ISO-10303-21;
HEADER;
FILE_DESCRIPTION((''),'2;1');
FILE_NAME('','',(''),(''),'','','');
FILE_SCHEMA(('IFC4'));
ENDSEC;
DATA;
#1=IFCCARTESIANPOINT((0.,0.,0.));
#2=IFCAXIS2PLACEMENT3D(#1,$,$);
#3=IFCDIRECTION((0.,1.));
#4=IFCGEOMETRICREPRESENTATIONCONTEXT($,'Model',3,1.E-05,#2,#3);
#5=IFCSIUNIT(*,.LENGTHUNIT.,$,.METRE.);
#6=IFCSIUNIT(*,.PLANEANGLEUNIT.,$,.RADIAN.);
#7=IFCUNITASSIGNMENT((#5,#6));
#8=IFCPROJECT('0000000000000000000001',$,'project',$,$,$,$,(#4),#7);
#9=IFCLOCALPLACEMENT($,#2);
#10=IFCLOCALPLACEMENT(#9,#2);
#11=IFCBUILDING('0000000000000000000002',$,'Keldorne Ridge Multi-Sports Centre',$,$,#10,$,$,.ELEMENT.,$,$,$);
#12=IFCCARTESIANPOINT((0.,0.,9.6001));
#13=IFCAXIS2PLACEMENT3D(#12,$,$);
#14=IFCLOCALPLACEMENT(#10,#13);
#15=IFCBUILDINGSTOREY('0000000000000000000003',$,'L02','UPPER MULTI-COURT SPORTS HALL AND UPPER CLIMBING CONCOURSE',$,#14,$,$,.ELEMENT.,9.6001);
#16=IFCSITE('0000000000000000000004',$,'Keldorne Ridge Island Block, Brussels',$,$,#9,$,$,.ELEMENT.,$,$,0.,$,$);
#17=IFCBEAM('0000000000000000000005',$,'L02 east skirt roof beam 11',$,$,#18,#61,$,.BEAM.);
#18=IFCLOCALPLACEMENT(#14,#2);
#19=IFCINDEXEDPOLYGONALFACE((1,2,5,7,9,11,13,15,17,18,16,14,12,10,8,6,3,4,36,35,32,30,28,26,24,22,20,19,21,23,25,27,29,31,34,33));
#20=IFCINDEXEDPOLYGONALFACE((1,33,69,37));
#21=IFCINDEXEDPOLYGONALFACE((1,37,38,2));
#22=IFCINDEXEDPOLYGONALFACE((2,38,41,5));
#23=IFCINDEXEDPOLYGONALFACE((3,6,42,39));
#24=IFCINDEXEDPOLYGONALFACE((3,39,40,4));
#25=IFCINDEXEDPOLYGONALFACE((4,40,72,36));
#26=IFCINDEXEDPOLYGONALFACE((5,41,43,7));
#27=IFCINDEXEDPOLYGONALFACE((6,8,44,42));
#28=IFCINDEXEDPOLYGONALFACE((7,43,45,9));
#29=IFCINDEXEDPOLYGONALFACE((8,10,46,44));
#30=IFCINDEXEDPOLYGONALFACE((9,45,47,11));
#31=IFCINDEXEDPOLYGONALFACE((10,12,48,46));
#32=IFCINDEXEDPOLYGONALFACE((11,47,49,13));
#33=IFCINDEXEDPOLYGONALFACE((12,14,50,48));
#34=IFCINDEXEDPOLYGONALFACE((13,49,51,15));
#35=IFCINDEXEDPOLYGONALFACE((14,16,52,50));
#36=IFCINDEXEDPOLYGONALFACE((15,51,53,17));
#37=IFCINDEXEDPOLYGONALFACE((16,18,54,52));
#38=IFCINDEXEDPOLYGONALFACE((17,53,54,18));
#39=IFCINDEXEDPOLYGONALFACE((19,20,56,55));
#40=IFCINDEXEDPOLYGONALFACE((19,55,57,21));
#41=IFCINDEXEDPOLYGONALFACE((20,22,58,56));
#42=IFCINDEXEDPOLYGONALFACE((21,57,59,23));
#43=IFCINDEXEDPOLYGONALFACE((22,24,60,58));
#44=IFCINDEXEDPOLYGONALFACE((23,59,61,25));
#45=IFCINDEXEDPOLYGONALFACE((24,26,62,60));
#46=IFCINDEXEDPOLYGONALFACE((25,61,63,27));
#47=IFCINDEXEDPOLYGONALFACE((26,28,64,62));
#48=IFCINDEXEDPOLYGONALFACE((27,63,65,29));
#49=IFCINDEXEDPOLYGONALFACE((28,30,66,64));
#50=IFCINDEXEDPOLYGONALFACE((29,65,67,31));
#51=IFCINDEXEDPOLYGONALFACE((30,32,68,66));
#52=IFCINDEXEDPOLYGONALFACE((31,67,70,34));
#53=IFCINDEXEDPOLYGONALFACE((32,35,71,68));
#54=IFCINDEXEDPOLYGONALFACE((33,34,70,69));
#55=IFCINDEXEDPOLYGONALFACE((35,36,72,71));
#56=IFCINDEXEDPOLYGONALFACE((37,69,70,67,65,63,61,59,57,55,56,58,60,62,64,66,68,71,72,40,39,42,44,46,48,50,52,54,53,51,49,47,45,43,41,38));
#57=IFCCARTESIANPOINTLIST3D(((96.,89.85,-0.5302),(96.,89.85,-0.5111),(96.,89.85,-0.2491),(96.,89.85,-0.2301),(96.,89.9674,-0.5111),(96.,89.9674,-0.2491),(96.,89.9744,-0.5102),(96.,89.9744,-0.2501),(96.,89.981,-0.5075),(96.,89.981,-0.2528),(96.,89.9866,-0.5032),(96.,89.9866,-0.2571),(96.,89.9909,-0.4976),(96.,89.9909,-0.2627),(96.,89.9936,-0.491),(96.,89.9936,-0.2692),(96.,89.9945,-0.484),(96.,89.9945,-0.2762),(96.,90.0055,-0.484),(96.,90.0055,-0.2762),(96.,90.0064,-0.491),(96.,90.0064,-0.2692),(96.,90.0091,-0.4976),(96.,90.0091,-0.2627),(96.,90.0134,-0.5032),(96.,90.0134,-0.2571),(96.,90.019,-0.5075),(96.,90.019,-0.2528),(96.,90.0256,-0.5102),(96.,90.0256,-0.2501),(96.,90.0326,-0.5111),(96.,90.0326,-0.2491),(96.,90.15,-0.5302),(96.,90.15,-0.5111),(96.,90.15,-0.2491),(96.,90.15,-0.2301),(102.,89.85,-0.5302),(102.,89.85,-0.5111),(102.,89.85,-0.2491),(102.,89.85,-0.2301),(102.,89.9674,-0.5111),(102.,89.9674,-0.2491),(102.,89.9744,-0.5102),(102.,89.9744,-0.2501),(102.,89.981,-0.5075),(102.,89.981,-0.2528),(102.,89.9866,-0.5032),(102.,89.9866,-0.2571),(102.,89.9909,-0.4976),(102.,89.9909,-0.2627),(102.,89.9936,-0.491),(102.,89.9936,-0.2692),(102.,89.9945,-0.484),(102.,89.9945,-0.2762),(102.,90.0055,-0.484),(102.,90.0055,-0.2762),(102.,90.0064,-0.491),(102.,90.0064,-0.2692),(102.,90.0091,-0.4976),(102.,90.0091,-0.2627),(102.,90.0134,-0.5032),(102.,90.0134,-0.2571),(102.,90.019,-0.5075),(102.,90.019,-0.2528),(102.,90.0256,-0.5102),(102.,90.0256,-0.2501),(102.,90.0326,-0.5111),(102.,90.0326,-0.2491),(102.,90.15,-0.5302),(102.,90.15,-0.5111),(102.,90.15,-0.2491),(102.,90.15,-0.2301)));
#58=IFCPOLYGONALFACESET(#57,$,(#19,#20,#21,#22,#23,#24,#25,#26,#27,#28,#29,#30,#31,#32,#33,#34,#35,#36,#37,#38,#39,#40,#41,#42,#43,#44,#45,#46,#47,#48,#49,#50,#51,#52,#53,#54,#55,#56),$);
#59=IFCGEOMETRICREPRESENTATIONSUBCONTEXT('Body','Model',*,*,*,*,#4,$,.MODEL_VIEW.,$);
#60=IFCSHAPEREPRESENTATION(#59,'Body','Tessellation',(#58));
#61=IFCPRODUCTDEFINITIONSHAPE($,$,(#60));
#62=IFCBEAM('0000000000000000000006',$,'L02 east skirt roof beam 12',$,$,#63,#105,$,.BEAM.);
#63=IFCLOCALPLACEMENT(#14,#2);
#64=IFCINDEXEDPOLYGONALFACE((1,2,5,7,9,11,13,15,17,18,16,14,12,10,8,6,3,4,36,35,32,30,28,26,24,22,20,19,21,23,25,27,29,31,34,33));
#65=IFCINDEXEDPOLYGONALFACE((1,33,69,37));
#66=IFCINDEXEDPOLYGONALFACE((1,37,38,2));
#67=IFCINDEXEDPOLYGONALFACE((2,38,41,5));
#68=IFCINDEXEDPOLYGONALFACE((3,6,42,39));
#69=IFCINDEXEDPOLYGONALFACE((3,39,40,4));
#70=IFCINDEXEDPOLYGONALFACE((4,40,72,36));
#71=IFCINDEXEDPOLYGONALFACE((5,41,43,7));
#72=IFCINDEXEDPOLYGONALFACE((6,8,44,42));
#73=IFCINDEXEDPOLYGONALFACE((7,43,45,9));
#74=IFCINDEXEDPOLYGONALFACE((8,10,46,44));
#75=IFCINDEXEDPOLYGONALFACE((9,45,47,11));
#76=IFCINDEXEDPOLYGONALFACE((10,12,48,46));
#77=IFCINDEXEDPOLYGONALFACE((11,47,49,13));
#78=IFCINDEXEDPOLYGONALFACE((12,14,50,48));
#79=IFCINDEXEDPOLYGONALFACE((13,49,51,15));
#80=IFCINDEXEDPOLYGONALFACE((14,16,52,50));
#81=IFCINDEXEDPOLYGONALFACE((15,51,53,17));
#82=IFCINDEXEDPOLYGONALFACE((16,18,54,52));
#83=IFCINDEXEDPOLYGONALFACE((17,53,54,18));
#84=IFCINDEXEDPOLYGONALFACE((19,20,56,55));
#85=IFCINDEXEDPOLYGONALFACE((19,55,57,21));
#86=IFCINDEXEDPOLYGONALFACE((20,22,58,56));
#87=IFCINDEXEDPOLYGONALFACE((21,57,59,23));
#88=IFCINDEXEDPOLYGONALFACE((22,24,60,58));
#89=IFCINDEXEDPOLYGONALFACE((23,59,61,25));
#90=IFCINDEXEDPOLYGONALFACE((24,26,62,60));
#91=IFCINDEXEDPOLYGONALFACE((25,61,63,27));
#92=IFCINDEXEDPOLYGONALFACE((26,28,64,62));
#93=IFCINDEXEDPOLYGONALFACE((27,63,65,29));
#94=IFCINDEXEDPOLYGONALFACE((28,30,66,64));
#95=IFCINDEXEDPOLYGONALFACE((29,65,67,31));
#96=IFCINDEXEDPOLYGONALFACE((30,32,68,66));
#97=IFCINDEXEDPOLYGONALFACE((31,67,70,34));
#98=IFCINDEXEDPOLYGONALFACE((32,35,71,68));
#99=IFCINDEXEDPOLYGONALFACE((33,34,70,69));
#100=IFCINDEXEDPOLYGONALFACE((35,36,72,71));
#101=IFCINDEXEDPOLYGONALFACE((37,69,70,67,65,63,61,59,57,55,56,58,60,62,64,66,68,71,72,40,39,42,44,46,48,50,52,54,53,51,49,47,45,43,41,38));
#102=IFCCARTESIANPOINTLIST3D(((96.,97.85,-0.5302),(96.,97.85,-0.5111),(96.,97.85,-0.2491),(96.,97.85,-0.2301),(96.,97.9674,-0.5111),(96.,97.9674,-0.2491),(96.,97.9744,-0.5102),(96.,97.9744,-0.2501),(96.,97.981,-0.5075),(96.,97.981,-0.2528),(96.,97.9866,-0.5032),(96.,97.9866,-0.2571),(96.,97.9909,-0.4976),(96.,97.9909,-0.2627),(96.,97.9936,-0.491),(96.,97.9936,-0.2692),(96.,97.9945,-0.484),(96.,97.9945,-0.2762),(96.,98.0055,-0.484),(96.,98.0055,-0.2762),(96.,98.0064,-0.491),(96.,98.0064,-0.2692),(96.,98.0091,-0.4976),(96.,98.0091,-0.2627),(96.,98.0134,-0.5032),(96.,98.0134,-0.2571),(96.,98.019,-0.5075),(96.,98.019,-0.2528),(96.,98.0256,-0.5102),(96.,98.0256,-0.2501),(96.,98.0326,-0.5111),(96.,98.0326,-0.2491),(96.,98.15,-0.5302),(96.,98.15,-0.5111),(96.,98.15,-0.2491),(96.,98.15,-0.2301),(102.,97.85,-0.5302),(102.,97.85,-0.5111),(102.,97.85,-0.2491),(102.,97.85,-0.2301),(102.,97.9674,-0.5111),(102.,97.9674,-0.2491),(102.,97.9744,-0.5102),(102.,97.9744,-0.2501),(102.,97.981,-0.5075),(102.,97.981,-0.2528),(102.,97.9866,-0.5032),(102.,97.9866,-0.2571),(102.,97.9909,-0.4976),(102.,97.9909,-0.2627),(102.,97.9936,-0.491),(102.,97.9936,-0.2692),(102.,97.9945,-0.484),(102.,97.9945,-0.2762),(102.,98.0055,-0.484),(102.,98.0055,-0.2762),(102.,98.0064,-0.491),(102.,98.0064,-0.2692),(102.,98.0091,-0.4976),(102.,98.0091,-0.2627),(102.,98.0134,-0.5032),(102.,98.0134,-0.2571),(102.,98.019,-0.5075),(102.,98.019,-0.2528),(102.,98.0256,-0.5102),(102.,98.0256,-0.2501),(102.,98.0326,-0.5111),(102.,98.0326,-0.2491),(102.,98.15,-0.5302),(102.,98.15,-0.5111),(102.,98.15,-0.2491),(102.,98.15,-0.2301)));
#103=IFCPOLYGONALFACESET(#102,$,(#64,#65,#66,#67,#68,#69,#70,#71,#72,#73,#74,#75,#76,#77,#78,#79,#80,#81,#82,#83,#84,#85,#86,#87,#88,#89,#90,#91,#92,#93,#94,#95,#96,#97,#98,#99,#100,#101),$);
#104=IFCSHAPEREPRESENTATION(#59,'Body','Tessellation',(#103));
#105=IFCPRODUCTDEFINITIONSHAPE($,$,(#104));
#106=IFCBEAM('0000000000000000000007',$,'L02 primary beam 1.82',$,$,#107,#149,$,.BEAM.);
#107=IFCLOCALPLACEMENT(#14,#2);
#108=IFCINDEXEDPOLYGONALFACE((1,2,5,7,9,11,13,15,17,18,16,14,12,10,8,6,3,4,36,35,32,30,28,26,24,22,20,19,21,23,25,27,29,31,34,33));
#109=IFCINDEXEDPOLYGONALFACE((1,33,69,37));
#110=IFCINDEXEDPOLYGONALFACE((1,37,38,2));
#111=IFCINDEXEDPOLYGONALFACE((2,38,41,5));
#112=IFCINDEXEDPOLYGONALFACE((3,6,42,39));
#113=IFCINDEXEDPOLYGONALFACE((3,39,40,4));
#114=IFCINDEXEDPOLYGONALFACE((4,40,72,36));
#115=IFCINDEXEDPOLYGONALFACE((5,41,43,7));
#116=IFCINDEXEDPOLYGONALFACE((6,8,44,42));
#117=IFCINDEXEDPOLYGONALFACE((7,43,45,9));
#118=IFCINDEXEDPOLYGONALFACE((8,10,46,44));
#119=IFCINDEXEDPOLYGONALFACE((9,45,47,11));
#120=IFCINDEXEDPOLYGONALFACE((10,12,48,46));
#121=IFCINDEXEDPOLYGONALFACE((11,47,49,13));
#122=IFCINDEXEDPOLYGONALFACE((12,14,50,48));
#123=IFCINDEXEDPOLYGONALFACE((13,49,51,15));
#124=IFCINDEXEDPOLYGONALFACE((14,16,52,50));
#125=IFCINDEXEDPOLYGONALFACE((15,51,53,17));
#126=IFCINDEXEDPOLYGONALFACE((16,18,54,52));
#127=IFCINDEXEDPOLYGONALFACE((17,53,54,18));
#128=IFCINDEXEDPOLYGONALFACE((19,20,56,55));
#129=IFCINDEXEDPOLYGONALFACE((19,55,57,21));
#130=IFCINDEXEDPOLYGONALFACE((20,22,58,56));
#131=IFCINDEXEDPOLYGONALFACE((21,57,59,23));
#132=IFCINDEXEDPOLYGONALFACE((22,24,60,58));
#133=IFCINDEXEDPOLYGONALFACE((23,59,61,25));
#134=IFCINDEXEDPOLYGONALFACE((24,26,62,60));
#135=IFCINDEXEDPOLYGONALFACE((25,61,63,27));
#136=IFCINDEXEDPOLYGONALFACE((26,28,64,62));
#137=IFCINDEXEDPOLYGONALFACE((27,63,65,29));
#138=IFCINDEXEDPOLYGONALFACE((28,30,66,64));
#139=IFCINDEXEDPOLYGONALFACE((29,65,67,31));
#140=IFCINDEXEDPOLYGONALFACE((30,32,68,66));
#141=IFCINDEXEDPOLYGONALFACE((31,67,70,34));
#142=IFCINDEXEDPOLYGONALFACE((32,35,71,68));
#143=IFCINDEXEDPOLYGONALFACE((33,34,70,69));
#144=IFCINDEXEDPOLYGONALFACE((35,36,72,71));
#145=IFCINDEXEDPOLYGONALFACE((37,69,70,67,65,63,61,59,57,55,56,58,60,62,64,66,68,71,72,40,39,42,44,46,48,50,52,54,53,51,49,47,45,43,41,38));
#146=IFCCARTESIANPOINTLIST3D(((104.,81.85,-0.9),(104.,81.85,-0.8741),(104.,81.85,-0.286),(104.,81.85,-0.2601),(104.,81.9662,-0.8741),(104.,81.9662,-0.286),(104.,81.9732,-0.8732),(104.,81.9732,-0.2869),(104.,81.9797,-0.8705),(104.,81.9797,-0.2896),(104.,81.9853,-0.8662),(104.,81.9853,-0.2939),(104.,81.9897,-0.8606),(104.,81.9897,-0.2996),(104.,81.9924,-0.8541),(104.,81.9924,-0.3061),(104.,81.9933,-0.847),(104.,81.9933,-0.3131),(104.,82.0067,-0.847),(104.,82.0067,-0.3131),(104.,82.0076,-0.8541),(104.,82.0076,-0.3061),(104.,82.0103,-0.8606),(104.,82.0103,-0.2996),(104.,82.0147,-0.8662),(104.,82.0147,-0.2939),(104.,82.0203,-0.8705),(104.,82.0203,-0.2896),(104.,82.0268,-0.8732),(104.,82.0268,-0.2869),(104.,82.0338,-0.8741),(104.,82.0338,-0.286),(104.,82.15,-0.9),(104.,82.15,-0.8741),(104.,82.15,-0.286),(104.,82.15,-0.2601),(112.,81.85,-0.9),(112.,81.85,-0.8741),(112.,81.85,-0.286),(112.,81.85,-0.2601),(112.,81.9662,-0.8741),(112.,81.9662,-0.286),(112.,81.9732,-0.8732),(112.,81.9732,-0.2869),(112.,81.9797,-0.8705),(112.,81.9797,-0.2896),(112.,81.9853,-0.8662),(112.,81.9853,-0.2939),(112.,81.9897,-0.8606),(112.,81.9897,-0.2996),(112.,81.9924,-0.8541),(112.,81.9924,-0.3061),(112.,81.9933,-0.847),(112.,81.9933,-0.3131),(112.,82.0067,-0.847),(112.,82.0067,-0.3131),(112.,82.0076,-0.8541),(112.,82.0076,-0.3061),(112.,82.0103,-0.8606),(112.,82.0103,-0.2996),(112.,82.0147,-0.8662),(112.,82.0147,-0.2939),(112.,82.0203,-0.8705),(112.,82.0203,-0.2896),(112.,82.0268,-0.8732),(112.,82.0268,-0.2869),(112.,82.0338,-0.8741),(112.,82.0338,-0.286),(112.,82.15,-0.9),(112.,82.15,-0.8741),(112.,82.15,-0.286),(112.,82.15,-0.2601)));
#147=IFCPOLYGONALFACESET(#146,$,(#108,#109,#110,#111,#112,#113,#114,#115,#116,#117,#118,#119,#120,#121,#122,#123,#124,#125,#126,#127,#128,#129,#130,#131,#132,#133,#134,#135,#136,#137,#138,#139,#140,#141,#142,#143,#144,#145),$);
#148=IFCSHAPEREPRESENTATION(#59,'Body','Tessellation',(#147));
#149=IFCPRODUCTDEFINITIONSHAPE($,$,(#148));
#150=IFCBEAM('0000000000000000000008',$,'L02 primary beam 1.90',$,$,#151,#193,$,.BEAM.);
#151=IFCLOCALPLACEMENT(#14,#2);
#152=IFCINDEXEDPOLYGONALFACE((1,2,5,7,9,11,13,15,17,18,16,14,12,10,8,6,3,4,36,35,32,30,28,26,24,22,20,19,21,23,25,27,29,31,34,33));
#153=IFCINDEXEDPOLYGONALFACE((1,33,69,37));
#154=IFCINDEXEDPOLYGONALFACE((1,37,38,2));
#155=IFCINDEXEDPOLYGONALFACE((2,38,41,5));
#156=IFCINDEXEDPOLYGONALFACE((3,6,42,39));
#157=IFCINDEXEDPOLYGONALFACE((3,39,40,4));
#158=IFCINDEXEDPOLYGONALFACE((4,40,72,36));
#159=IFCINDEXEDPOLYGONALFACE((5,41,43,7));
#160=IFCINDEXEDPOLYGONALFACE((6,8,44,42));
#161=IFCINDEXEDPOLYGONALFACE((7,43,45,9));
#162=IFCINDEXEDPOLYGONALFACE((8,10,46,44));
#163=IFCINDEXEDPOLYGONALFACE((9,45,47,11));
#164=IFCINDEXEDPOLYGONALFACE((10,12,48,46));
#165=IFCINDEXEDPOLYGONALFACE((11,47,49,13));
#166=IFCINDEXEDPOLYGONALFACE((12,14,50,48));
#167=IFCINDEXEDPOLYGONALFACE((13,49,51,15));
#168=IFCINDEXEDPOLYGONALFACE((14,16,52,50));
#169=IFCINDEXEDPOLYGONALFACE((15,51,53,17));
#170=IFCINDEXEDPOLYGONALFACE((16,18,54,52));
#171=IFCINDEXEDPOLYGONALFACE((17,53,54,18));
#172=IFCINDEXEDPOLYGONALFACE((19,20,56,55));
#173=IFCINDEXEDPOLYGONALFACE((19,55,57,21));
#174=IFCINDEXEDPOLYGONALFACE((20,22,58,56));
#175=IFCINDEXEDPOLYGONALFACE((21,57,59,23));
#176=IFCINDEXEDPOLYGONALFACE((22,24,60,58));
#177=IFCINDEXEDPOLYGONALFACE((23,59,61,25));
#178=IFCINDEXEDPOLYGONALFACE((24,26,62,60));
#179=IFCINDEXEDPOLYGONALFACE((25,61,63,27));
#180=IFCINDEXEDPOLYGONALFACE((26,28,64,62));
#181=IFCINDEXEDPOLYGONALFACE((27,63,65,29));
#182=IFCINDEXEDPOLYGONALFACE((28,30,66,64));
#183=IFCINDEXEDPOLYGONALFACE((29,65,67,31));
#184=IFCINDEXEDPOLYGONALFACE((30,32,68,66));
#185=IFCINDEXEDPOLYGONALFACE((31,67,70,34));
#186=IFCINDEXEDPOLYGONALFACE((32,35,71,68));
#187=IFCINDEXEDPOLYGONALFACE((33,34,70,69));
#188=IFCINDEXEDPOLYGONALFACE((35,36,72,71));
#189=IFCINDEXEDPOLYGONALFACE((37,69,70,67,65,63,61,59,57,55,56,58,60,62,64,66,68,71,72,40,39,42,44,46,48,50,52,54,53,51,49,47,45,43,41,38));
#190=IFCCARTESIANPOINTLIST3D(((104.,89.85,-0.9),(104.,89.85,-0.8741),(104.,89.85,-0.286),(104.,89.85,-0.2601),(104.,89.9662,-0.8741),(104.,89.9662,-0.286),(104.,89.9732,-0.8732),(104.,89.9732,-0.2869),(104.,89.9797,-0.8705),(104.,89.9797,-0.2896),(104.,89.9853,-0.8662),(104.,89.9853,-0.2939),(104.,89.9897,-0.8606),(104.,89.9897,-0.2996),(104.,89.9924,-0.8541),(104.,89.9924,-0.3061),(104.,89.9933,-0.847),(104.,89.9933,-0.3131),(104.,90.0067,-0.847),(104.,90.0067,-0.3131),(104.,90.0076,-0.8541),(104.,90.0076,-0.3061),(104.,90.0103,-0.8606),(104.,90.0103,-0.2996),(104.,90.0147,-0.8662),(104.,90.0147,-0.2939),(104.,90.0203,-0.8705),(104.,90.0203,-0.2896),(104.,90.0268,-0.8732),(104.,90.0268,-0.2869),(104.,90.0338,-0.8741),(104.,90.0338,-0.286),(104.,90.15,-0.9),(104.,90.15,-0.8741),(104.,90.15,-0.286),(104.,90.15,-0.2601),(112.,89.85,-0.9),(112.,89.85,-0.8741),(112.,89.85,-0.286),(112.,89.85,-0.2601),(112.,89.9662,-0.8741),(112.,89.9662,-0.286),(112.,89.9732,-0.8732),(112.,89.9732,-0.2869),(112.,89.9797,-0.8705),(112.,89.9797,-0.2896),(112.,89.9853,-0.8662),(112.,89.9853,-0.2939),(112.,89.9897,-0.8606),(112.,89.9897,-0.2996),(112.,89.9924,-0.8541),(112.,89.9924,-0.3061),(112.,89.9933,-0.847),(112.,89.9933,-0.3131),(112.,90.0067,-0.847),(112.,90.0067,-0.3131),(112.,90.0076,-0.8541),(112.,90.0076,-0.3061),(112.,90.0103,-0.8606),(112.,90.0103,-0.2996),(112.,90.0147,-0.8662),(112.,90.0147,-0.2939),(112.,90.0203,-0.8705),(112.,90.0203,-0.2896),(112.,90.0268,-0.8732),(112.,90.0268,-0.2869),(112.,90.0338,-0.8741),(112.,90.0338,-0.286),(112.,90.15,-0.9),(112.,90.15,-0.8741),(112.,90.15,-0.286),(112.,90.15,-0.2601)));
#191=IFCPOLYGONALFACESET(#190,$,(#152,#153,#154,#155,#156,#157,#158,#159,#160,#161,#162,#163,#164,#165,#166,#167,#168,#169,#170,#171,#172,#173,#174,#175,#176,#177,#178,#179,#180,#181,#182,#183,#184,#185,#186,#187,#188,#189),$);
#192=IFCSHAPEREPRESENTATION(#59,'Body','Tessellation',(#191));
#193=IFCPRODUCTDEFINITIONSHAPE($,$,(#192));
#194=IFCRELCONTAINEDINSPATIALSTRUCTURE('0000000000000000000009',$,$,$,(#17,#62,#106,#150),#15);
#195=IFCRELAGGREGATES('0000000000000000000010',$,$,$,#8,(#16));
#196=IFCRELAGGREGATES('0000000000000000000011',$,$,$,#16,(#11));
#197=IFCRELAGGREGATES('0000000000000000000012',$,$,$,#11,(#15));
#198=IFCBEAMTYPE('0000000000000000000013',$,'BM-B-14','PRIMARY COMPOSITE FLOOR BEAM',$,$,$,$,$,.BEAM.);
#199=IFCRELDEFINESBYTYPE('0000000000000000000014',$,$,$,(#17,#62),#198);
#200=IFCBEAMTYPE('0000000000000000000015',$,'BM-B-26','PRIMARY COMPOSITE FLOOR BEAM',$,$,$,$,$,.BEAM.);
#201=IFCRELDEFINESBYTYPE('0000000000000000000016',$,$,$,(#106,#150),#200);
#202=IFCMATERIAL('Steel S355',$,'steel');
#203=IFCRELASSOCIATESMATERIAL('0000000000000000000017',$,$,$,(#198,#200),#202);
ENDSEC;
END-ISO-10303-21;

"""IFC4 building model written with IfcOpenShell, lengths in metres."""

from ifc_helpers import new_model, si_unit, direction, frame, origin, origin_2d, place, context, subcontext, project, spatial, i_section, extrude, material, material_profile, profile_set, type_object, element, save


model = new_model("IFC4")

# Units and contexts
model_context = context("Model", 3, precision=1e-05, world=origin(), true_north=direction((0.0, 1.0)))
body_context = subcontext(model_context, "Body", "Model", "MODEL_VIEW")
ifc_project = project(units=[si_unit("LENGTHUNIT", "METRE"), si_unit("PLANEANGLEUNIT", "RADIAN")], contexts=[model_context])

# Site, building, storey
site_placement = place(None, origin())
site = spatial("IfcSite", under=ifc_project, at=site_placement, Name="Keldorne Ridge Island Block, Brussels", CompositionType="ELEMENT", RefElevation=0.0)
building_placement = place(site_placement, origin())
building = spatial("IfcBuilding", under=site, at=building_placement, Name="Keldorne Ridge Multi-Sports Centre", CompositionType="ELEMENT")
storey_placement = place(building_placement, frame((0.0, 0.0, 9.6001)))
storey = spatial("IfcBuildingStorey", under=building, at=storey_placement, Name="L02", Description="UPPER MULTI-COURT SPORTS HALL AND UPPER CLIMBING CONCOURSE", CompositionType="ELEMENT", Elevation=9.6001)

# Shared definitions
ifc_material_1 = material(Name="Steel S355", Category="steel")

# Beams
ifc_material_profile_1 = material_profile(ifc_material_1, i_section(OverallWidth=0.3, OverallDepth=0.3, WebThickness=0.011, FlangeThickness=0.019, FilletRadius=0.0271, at=origin_2d()), Name="HEB 300")
ifc_profile_set_1 = profile_set([ifc_material_profile_1], Name="Steel S355")
beam_type_1 = type_object("IfcBeamType", Name="BM-B-14", Description="PRIMARY COMPOSITE FLOOR BEAM", PredefinedType="BEAM", material=ifc_profile_set_1)
for number, where, z_axis, x_axis, name in (
    (1, (96.0, 90.0, -0.3801), (1.0, 0.0, 0.0), (0.0, 1.0, 0.0), "L02 east skirt roof beam 11"),
    (2, (96.0, 98.0, -0.3801), (1.0, 0.0, 0.0), (0.0, 1.0, 0.0), "L02 east skirt roof beam 12"),
):
    element("IfcBeam", number, at=place(storey_placement, frame(where, z_axis=z_axis, x_axis=x_axis)), inside=storey, type_object=beam_type_1, Name=name, PredefinedType="BEAM", context=body_context, shape_type="SweptSolid", body=[
        extrude(i_section(OverallWidth=0.3, OverallDepth=0.3, WebThickness=0.011, FlangeThickness=0.019, FilletRadius=0.0271, at=origin_2d()), origin(), (0.0, 0.0, 1.0), 6.0),
    ])
ifc_material_profile_2 = material_profile(ifc_material_1, i_section(OverallWidth=0.3, OverallDepth=0.6399, WebThickness=0.0134, FlangeThickness=0.0259, FilletRadius=0.0271, at=origin_2d()), Name="HEA 650")
ifc_profile_set_2 = profile_set([ifc_material_profile_2], Name="Steel S355")
beam_type_2 = type_object("IfcBeamType", Name="BM-B-26", Description="PRIMARY COMPOSITE FLOOR BEAM", PredefinedType="BEAM", material=ifc_profile_set_2)
for number, where, z_axis, x_axis, name in (
    (3, (104.0, 82.0, -0.5801), (1.0, 0.0, 0.0), (0.0, 1.0, 0.0), "L02 primary beam 1.82"),
    (4, (104.0, 90.0, -0.5801), (1.0, 0.0, 0.0), (0.0, 1.0, 0.0), "L02 primary beam 1.90"),
):
    element("IfcBeam", number, at=place(storey_placement, frame(where, z_axis=z_axis, x_axis=x_axis)), inside=storey, type_object=beam_type_2, Name=name, PredefinedType="BEAM", context=body_context, shape_type="SweptSolid", body=[
        extrude(i_section(OverallWidth=0.3, OverallDepth=0.6399, WebThickness=0.0134, FlangeThickness=0.0259, FilletRadius=0.0271, at=origin_2d()), origin(), (0.0, 0.0, 1.0), 8.0),
    ])

save(model, "model.ifc")
